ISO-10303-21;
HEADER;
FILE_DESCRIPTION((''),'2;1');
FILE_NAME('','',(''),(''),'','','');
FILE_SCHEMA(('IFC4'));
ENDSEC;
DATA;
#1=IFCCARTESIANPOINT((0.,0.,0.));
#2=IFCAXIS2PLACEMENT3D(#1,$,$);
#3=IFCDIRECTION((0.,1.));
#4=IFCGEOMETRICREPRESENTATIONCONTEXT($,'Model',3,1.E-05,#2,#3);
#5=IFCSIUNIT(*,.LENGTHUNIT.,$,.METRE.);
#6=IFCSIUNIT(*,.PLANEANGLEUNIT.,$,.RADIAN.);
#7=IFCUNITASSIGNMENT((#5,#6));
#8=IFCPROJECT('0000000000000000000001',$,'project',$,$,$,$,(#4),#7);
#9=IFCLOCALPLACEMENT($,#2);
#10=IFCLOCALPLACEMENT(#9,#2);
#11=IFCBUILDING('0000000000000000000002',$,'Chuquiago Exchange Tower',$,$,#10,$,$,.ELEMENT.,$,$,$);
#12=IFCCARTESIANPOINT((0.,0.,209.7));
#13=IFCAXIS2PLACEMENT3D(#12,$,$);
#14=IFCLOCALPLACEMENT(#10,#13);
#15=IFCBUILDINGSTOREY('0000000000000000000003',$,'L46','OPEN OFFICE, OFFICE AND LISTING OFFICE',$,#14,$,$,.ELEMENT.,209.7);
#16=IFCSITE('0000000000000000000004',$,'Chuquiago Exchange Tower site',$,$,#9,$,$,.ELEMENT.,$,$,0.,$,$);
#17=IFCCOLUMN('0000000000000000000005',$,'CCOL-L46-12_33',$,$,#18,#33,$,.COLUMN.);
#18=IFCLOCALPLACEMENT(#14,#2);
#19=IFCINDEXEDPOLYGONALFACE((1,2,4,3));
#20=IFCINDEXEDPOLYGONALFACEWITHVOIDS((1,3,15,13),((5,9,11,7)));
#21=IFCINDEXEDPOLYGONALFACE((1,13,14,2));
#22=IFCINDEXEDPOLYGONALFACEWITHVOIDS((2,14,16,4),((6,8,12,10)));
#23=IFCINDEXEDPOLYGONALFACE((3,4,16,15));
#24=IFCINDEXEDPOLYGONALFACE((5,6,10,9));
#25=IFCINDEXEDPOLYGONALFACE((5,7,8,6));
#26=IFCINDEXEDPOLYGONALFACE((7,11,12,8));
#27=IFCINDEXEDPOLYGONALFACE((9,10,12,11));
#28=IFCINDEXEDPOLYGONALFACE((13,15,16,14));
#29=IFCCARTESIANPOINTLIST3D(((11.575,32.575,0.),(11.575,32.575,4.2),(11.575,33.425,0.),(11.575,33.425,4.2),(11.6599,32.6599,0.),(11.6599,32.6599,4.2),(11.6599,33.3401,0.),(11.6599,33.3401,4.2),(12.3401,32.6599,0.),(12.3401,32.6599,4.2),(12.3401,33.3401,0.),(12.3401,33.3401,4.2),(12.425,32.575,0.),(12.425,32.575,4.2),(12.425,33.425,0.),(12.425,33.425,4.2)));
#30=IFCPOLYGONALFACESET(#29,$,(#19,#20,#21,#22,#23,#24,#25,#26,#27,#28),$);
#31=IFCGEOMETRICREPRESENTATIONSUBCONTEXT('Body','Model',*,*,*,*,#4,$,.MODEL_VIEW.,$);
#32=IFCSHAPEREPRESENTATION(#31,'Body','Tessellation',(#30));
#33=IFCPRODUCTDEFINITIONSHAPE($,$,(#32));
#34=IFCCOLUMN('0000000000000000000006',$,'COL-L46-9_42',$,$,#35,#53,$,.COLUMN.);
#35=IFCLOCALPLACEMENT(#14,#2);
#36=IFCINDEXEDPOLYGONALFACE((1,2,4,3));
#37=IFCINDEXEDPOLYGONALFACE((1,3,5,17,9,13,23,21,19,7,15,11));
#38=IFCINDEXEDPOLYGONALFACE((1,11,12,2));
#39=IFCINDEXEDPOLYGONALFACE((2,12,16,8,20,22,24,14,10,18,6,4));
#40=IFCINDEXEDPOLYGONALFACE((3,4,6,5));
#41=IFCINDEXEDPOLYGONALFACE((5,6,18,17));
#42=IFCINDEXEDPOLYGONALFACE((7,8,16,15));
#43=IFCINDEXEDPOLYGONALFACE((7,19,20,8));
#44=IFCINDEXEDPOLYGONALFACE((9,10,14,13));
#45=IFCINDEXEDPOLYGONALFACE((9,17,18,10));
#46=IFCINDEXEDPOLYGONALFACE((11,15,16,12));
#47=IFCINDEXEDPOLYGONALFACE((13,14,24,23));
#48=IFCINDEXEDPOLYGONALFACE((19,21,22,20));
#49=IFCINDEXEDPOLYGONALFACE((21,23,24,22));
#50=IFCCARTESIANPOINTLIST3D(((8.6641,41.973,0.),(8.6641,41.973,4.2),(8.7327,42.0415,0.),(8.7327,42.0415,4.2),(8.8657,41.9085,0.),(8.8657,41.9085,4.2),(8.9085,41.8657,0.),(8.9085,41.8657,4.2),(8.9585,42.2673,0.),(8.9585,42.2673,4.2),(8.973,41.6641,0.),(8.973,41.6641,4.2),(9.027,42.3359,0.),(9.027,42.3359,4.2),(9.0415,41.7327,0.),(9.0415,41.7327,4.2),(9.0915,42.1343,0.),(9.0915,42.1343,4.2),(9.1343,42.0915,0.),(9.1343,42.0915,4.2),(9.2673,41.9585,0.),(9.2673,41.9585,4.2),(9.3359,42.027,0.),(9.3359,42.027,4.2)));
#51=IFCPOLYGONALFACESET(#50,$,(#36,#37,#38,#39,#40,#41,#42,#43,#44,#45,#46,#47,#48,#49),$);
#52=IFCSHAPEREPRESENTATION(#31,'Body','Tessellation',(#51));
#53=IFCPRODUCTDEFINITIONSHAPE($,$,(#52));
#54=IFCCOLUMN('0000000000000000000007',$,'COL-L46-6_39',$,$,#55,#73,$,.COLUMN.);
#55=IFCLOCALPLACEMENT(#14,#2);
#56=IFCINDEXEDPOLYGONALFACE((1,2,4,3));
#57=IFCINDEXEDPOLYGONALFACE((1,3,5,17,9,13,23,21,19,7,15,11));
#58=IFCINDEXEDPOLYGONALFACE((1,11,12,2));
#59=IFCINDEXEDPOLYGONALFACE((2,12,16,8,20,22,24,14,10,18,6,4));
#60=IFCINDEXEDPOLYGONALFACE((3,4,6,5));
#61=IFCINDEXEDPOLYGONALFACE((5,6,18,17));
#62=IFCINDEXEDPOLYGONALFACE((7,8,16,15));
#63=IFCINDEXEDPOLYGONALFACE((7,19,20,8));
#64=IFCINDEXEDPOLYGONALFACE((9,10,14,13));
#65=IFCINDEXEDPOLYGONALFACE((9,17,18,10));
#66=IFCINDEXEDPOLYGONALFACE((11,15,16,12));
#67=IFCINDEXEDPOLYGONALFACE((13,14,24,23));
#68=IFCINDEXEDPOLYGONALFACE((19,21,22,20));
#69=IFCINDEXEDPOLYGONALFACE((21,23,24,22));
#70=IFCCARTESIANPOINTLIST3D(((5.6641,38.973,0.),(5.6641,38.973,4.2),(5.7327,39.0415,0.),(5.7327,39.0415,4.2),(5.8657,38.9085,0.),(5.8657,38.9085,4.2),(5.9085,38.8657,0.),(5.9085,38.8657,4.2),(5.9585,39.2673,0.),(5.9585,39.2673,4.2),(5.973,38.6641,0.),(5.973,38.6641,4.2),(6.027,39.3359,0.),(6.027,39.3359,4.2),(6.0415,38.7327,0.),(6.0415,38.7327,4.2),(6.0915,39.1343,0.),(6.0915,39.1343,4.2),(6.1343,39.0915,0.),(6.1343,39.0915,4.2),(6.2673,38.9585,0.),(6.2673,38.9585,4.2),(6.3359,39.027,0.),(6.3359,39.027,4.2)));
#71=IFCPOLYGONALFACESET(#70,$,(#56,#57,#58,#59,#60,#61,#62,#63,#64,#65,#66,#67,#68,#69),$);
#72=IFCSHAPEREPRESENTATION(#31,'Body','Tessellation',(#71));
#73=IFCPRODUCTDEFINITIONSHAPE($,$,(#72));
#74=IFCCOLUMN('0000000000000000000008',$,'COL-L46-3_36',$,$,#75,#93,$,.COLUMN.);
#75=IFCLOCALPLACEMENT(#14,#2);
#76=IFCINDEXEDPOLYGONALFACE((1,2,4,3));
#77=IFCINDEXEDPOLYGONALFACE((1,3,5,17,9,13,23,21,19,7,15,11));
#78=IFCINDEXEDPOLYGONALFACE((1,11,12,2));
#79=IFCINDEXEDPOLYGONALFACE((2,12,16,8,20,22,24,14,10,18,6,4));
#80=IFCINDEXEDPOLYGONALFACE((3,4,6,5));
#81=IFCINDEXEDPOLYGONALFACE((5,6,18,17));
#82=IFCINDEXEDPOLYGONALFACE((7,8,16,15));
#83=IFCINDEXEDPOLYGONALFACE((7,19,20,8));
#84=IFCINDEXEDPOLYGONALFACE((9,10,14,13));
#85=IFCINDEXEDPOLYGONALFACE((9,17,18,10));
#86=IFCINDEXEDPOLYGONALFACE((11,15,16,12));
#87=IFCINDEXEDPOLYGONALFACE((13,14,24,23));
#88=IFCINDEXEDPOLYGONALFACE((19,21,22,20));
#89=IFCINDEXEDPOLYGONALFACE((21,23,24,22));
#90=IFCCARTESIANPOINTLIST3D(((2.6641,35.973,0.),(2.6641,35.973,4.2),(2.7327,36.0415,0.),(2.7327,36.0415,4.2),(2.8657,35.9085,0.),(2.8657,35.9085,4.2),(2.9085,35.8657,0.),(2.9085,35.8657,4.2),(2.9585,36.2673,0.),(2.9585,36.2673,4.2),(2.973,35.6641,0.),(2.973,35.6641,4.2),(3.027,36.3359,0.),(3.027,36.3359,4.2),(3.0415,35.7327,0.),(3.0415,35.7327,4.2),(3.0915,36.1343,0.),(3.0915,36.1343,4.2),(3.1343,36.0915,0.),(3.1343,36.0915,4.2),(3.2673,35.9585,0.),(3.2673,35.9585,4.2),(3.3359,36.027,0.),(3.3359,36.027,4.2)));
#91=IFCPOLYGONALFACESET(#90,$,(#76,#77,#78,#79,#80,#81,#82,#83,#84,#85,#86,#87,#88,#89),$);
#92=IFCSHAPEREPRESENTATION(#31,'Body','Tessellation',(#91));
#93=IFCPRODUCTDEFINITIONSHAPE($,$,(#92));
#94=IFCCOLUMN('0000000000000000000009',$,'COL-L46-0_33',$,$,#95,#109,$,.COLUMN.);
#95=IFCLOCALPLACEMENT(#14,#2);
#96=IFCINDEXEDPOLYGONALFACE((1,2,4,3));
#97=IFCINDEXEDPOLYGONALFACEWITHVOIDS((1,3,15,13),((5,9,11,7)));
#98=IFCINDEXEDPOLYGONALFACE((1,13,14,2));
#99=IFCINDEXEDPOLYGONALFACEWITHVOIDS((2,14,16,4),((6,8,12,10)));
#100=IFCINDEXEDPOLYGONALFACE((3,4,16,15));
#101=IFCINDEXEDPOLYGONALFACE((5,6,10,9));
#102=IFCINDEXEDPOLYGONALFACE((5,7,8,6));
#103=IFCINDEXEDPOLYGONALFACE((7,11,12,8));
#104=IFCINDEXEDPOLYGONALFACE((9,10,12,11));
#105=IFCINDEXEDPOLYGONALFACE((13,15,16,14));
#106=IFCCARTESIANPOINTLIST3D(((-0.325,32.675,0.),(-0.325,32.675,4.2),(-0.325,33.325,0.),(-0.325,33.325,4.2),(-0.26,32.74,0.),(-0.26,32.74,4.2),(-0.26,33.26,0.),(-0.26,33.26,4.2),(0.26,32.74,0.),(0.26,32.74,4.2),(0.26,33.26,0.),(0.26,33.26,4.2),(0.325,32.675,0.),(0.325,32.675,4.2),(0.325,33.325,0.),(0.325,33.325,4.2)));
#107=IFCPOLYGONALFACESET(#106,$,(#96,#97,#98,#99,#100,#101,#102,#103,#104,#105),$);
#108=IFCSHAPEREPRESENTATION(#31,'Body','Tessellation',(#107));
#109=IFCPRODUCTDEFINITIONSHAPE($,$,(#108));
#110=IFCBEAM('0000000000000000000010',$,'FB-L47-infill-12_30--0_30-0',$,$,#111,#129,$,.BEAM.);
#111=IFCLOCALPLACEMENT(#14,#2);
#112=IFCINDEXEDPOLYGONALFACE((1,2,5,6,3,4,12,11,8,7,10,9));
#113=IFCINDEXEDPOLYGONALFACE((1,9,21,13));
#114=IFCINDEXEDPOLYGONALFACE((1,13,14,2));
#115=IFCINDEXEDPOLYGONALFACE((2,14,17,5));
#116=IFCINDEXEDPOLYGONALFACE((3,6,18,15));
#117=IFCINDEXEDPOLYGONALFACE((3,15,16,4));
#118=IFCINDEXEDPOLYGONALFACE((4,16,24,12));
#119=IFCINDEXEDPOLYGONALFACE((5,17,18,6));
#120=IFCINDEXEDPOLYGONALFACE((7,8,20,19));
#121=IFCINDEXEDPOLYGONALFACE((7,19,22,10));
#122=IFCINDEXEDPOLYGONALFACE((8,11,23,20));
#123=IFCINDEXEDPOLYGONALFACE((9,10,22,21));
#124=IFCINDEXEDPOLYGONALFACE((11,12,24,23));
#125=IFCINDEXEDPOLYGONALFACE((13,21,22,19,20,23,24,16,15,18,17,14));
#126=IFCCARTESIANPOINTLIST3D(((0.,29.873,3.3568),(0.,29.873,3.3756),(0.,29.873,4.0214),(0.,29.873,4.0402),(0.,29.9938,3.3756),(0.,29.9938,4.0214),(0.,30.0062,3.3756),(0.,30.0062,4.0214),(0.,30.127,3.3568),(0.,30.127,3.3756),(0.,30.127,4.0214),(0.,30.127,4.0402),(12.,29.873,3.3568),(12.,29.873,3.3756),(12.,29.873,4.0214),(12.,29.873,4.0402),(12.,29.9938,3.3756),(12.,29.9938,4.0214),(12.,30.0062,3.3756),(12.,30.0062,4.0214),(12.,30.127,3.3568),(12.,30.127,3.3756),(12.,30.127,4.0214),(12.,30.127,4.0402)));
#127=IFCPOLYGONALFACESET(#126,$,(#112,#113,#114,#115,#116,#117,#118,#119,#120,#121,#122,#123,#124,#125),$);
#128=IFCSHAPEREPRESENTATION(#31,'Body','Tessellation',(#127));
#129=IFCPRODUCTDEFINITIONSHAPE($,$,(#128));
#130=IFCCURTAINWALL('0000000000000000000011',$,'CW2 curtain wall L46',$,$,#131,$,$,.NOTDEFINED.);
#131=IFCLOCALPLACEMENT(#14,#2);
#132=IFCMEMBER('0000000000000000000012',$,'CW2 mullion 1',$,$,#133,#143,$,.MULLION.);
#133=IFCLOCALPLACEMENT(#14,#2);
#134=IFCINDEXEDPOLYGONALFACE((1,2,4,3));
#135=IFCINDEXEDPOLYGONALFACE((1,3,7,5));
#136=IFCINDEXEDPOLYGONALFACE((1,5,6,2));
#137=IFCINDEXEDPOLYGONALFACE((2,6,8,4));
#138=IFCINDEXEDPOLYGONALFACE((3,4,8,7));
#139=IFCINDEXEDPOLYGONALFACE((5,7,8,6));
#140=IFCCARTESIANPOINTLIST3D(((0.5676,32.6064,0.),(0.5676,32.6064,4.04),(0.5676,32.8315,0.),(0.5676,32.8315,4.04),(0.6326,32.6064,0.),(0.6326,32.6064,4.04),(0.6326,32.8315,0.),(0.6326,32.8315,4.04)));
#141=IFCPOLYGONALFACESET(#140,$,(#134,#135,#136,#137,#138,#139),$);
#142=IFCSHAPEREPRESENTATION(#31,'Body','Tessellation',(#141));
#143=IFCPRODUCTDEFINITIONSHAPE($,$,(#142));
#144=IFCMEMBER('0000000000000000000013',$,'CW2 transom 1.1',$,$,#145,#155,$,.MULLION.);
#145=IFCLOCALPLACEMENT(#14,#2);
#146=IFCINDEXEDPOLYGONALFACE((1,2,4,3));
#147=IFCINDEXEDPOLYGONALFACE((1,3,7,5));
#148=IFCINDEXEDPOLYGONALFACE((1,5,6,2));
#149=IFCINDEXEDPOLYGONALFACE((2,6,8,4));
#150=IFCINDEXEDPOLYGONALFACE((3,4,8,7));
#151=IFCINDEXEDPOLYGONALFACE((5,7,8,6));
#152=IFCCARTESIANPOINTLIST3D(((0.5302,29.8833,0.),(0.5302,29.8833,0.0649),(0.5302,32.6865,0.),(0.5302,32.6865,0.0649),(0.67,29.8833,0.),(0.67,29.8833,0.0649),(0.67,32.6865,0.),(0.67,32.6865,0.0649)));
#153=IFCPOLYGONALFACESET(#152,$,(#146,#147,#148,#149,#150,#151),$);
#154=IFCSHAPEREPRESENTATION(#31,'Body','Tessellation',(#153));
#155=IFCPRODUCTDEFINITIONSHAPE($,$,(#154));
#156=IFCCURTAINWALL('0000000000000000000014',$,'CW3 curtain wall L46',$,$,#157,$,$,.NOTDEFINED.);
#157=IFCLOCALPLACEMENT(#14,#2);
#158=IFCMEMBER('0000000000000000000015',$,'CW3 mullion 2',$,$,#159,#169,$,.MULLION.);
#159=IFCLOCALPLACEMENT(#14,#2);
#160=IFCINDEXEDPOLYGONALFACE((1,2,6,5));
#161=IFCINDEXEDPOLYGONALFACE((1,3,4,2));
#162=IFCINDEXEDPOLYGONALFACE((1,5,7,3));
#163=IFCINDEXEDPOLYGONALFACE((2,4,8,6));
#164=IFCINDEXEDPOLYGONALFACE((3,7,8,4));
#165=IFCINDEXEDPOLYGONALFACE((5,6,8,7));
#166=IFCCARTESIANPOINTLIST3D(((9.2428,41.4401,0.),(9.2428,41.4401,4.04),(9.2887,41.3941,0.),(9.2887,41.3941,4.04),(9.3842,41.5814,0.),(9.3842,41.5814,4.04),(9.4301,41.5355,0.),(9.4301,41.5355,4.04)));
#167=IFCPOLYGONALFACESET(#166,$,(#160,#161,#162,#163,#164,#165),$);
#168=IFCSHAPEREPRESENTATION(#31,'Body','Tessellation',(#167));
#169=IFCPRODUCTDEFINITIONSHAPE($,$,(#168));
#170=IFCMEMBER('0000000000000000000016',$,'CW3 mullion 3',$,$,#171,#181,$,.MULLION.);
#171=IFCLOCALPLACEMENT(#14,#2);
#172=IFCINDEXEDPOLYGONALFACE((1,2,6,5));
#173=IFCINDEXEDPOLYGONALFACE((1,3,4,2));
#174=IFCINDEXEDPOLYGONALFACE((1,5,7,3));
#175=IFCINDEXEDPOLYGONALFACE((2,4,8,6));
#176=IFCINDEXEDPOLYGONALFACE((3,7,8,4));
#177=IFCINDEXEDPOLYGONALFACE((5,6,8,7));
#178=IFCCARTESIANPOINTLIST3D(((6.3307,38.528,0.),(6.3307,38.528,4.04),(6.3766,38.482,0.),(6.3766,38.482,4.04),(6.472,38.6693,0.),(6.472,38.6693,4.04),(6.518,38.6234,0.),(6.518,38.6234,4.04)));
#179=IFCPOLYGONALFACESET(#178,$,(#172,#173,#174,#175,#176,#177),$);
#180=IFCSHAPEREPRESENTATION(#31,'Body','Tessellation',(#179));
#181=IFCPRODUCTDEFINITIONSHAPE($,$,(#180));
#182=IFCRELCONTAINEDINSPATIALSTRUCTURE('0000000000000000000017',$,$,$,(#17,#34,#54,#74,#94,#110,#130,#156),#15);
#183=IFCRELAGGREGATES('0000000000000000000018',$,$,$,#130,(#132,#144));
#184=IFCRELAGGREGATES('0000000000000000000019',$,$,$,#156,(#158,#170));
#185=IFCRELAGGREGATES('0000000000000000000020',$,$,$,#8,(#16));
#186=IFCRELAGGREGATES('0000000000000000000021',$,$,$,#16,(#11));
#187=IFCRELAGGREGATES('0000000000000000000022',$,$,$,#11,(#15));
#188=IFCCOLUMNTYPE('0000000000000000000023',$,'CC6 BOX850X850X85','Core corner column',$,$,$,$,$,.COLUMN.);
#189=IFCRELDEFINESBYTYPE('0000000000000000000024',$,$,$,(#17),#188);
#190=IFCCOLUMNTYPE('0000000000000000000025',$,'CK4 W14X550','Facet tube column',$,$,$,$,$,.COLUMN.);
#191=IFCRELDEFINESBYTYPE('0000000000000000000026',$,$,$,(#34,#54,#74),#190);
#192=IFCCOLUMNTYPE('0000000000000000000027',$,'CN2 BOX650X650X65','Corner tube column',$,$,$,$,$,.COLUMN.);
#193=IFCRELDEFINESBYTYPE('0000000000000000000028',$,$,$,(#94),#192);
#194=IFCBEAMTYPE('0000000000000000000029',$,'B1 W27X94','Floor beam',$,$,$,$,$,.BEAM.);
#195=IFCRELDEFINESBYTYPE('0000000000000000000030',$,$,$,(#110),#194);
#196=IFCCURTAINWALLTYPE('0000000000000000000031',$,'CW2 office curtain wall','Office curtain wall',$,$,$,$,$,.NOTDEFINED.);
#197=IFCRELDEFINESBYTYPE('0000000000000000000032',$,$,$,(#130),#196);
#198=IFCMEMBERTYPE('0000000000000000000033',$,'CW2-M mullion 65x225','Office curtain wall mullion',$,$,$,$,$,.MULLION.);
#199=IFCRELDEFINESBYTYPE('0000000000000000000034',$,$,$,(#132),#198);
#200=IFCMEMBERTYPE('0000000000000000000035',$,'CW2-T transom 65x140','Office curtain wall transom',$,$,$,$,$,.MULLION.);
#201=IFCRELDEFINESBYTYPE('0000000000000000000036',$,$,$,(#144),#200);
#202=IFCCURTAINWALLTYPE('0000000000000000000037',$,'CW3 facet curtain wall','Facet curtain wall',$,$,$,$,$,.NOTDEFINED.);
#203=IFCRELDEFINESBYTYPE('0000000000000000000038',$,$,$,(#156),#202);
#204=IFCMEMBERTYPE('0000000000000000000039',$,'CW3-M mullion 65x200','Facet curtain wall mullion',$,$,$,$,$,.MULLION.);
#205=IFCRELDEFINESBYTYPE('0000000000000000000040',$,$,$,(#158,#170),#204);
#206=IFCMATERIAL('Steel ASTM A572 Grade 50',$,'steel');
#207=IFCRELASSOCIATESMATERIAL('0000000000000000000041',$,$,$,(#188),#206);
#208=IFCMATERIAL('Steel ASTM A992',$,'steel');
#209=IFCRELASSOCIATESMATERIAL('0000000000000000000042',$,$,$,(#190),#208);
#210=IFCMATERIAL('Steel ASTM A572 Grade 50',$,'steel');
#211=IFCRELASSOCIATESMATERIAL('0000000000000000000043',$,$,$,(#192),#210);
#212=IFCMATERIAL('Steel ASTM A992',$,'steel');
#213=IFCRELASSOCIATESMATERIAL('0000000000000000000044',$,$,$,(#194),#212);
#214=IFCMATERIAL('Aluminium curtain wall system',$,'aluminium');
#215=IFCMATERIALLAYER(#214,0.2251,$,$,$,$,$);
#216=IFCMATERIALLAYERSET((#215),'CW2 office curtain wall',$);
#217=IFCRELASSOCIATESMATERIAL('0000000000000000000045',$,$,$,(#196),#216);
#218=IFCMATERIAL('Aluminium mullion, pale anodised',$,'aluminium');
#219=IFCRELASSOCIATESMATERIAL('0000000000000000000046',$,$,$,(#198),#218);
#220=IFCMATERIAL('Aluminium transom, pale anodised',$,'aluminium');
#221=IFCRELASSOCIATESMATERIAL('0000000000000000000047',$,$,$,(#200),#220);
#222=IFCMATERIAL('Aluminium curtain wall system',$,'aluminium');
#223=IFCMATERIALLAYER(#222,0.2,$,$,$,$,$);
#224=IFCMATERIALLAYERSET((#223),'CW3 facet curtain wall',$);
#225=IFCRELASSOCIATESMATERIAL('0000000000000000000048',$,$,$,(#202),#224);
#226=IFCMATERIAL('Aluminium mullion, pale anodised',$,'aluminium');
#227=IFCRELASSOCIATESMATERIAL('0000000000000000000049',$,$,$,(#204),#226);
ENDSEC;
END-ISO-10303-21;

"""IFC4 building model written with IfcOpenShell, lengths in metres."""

from ifc_helpers import new_model, si_unit, direction, frame, origin, origin_2d, place, context, subcontext, project, spatial, rectangle, hollow_rectangle, i_section, extrude, material, layer, layer_set, material_profile, profile_set, type_object, element, aggregate, save


model = new_model("IFC4")

# Units and contexts
model_context = context("Model", 3, precision=1e-05, world=origin(), true_north=direction((0.0, 1.0)))
body_context = subcontext(model_context, "Body", "Model", "MODEL_VIEW")
ifc_project = project(units=[si_unit("LENGTHUNIT", "METRE"), si_unit("PLANEANGLEUNIT", "RADIAN")], contexts=[model_context])

# Site, building, storey
site_placement = place(None, origin())
site = spatial("IfcSite", under=ifc_project, at=site_placement, Name="Chuquiago Exchange Tower site", CompositionType="ELEMENT", RefElevation=0.0)
building_placement = place(site_placement, origin())
building = spatial("IfcBuilding", under=site, at=building_placement, Name="Chuquiago Exchange Tower", CompositionType="ELEMENT")
storey_placement = place(building_placement, frame((0.0, 0.0, 209.7)))
storey = spatial("IfcBuildingStorey", under=building, at=storey_placement, Name="L46", Description="OPEN OFFICE, OFFICE AND LISTING OFFICE", CompositionType="ELEMENT", Elevation=209.7)

# Columns
ifc_material_1 = material(Name="Steel ASTM A572 Grade 50", Category="steel")
ifc_material_profile_1 = material_profile(ifc_material_1, hollow_rectangle(XDim=0.8501, YDim=0.8501, WallThickness=0.085, at=origin_2d()), Name="BOX850X850X85")
ifc_profile_set_1 = profile_set([ifc_material_profile_1], Name="Steel ASTM A572 Grade 50")
column_type_1 = type_object("IfcColumnType", Name="CC6 BOX850X850X85", Description="Core corner column", PredefinedType="COLUMN", material=ifc_profile_set_1)
column_1_placement = place(storey_placement, frame((12.0, 33.0, 0.0), z_axis=(0.0, 0.0, 1.0), x_axis=(1.0, 0.0, 0.0)))
element("IfcColumn", 1, at=column_1_placement, inside=storey, type_object=column_type_1, Name="CCOL-L46-12_33", PredefinedType="COLUMN", context=body_context, shape_type="SweptSolid", body=[
    extrude(hollow_rectangle(XDim=0.8501, YDim=0.8501, WallThickness=0.085, at=origin_2d()), origin(), (0.0, 0.0, 1.0), 4.2),
])
ifc_material_2 = material(Name="Steel ASTM A992", Category="steel")
ifc_material_profile_2 = material_profile(ifc_material_2, i_section(OverallWidth=0.4368, OverallDepth=0.5132, WebThickness=0.0605, FlangeThickness=0.0969, at=origin_2d()), Name="W14X550")
ifc_profile_set_2 = profile_set([ifc_material_profile_2], Name="Steel ASTM A992")
column_type_2 = type_object("IfcColumnType", Name="CK4 W14X550", Description="Facet tube column", PredefinedType="COLUMN", material=ifc_profile_set_2)
for number, where, z_axis, x_axis, name in (
    (2, (9.0, 42.0, 0.0), (0.0, 0.0, 1.0), (-0.707107, 0.707107, 0.0), "COL-L46-9_42"),
    (3, (6.0, 39.0, 0.0), (0.0, 0.0, 1.0), (-0.707107, 0.707107, 0.0), "COL-L46-6_39"),
    (4, (3.0, 36.0, 0.0), (0.0, 0.0, 1.0), (-0.707107, 0.707107, 0.0), "COL-L46-3_36"),
):
    element("IfcColumn", number, at=place(storey_placement, frame(where, z_axis=z_axis, x_axis=x_axis)), inside=storey, type_object=column_type_2, Name=name, PredefinedType="COLUMN", context=body_context, shape_type="SweptSolid", body=[
        extrude(i_section(OverallWidth=0.4368, OverallDepth=0.5132, WebThickness=0.0605, FlangeThickness=0.0969, at=origin_2d()), origin(), (0.0, 0.0, 1.0), 4.2),
    ])
ifc_material_3 = material(Name="Steel ASTM A572 Grade 50", Category="steel")
ifc_material_profile_3 = material_profile(ifc_material_3, hollow_rectangle(XDim=0.6499, YDim=0.6499, WallThickness=0.0649, at=origin_2d()), Name="BOX650X650X65")
ifc_profile_set_3 = profile_set([ifc_material_profile_3], Name="Steel ASTM A572 Grade 50")
column_type_3 = type_object("IfcColumnType", Name="CN2 BOX650X650X65", Description="Corner tube column", PredefinedType="COLUMN", material=ifc_profile_set_3)
column_2_placement = place(storey_placement, frame((0.0, 33.0, 0.0), z_axis=(0.0, 0.0, 1.0), x_axis=(-1.0, 0.0, 0.0)))
element("IfcColumn", 5, at=column_2_placement, inside=storey, type_object=column_type_3, Name="COL-L46-0_33", PredefinedType="COLUMN", context=body_context, shape_type="SweptSolid", body=[
    extrude(hollow_rectangle(XDim=0.6499, YDim=0.6499, WallThickness=0.0649, at=origin_2d()), origin(), (0.0, 0.0, 1.0), 4.2),
])

# Beam
ifc_material_4 = material(Name="Steel ASTM A992", Category="steel")
ifc_material_profile_4 = material_profile(ifc_material_4, i_section(OverallWidth=0.2539, OverallDepth=0.6833, WebThickness=0.0125, FlangeThickness=0.0188, at=origin_2d()), Name="W27X94")
ifc_profile_set_4 = profile_set([ifc_material_profile_4], Name="Steel ASTM A992")
beam_type_1 = type_object("IfcBeamType", Name="B1 W27X94", Description="Floor beam", PredefinedType="BEAM", material=ifc_profile_set_4)
beam_1_placement = place(storey_placement, frame((12.0, 30.0, 3.6985), z_axis=(-1.0, 0.0, 0.0), x_axis=(0.0, -1.0, 0.0)))
element("IfcBeam", 6, at=beam_1_placement, inside=storey, type_object=beam_type_1, Name="FB-L47-infill-12_30--0_30-0", PredefinedType="BEAM", context=body_context, shape_type="SweptSolid", body=[
    extrude(i_section(OverallWidth=0.2539, OverallDepth=0.6833, WebThickness=0.0125, FlangeThickness=0.0188, at=origin_2d()), origin(), (0.0, 0.0, 1.0), 12.0),
])

# Curtain walls, members
ifc_material_5 = material(Name="Aluminium curtain wall system", Category="aluminium")
ifc_layer_1 = layer(ifc_material_5, 0.2251)
ifc_layer_set_1 = layer_set([ifc_layer_1], Name="CW2 office curtain wall")
curtain_wall_type_1 = type_object("IfcCurtainWallType", Name="CW2 office curtain wall", Description="Office curtain wall", PredefinedType="NOTDEFINED", material=ifc_layer_set_1)
curtain_wall_1_placement = place(storey_placement, origin())
curtain_wall_1 = element("IfcCurtainWall", 7, at=curtain_wall_1_placement, inside=storey, type_object=curtain_wall_type_1, Name="CW2 curtain wall L46", PredefinedType="NOTDEFINED")
ifc_material_6 = material(Name="Aluminium mullion, pale anodised", Category="aluminium")
ifc_material_profile_5 = material_profile(ifc_material_6, rectangle(XDim=0.0649, YDim=0.2251, at=origin_2d()), Name="AL 65x225")
ifc_profile_set_5 = profile_set([ifc_material_profile_5], Name="Aluminium mullion, pale anodised")
member_type_1 = type_object("IfcMemberType", Name="CW2-M mullion 65x225", Description="Office curtain wall mullion", PredefinedType="MULLION", material=ifc_profile_set_5)
member_1_placement = place(storey_placement, frame((0.6001, 32.719, 0.0), z_axis=(0.0, 0.0, 1.0), x_axis=(1.0, 0.0, 0.0)))
member_1 = element("IfcMember", 8, at=member_1_placement, type_object=member_type_1, Name="CW2 mullion 1", PredefinedType="MULLION", context=body_context, shape_type="SweptSolid", body=[
    extrude(rectangle(XDim=0.0649, YDim=0.2251, at=origin_2d()), origin(), (0.0, 0.0, 1.0), 4.04),
])
ifc_material_7 = material(Name="Aluminium transom, pale anodised", Category="aluminium")
ifc_material_profile_6 = material_profile(ifc_material_7, rectangle(XDim=0.1399, YDim=0.0649, at=origin_2d()), Name="AL 140x65")
ifc_profile_set_6 = profile_set([ifc_material_profile_6], Name="Aluminium transom, pale anodised")
member_type_2 = type_object("IfcMemberType", Name="CW2-T transom 65x140", Description="Office curtain wall transom", PredefinedType="MULLION", material=ifc_profile_set_6)
member_2_placement = place(storey_placement, frame((0.6001, 32.6865, 0.0325), z_axis=(0.0, -1.0, 0.0), x_axis=(1.0, 0.0, 0.0)))
member_2 = element("IfcMember", 9, at=member_2_placement, type_object=member_type_2, Name="CW2 transom 1.1", PredefinedType="MULLION", context=body_context, shape_type="SweptSolid", body=[
    extrude(rectangle(XDim=0.1399, YDim=0.0649, at=origin_2d()), origin(), (0.0, 0.0, 1.0), 2.8032),
])
ifc_material_8 = material(Name="Aluminium curtain wall system", Category="aluminium")
ifc_layer_2 = layer(ifc_material_8, 0.2)
ifc_layer_set_2 = layer_set([ifc_layer_2], Name="CW3 facet curtain wall")
curtain_wall_type_2 = type_object("IfcCurtainWallType", Name="CW3 facet curtain wall", Description="Facet curtain wall", PredefinedType="NOTDEFINED", material=ifc_layer_set_2)
curtain_wall_2_placement = place(storey_placement, origin())
curtain_wall_2 = element("IfcCurtainWall", 10, at=curtain_wall_2_placement, inside=storey, type_object=curtain_wall_type_2, Name="CW3 curtain wall L46", PredefinedType="NOTDEFINED")
ifc_material_9 = material(Name="Aluminium mullion, pale anodised", Category="aluminium")
ifc_material_profile_7 = material_profile(ifc_material_9, rectangle(XDim=0.0649, YDim=0.2, at=origin_2d()), Name="AL 65x200")
ifc_profile_set_7 = profile_set([ifc_material_profile_7], Name="Aluminium mullion, pale anodised")
member_type_3 = type_object("IfcMemberType", Name="CW3-M mullion 65x200", Description="Facet curtain wall mullion", PredefinedType="MULLION", material=ifc_profile_set_7)
member_3_placement = place(storey_placement, frame((9.3364, 41.4878, 0.0), z_axis=(0.0, 0.0, 1.0), x_axis=(0.707107, -0.707107, 0.0)))
member_3 = element("IfcMember", 11, at=member_3_placement, type_object=member_type_3, Name="CW3 mullion 2", PredefinedType="MULLION", context=body_context, shape_type="SweptSolid", body=[
    extrude(rectangle(XDim=0.0649, YDim=0.2, at=origin_2d()), origin(), (0.0, 0.0, 1.0), 4.04),
])
member_4_placement = place(storey_placement, frame((6.4243, 38.5757, 0.0), z_axis=(0.0, 0.0, 1.0), x_axis=(0.707107, -0.707107, 0.0)))
member_4 = element("IfcMember", 12, at=member_4_placement, type_object=member_type_3, Name="CW3 mullion 3", PredefinedType="MULLION", context=body_context, shape_type="SweptSolid", body=[
    extrude(rectangle(XDim=0.0649, YDim=0.2, at=origin_2d()), origin(), (0.0, 0.0, 1.0), 4.04),
])

aggregate(curtain_wall_1, [member_1, member_2])
aggregate(curtain_wall_2, [member_3, member_4])

save(model, "model.ifc")
